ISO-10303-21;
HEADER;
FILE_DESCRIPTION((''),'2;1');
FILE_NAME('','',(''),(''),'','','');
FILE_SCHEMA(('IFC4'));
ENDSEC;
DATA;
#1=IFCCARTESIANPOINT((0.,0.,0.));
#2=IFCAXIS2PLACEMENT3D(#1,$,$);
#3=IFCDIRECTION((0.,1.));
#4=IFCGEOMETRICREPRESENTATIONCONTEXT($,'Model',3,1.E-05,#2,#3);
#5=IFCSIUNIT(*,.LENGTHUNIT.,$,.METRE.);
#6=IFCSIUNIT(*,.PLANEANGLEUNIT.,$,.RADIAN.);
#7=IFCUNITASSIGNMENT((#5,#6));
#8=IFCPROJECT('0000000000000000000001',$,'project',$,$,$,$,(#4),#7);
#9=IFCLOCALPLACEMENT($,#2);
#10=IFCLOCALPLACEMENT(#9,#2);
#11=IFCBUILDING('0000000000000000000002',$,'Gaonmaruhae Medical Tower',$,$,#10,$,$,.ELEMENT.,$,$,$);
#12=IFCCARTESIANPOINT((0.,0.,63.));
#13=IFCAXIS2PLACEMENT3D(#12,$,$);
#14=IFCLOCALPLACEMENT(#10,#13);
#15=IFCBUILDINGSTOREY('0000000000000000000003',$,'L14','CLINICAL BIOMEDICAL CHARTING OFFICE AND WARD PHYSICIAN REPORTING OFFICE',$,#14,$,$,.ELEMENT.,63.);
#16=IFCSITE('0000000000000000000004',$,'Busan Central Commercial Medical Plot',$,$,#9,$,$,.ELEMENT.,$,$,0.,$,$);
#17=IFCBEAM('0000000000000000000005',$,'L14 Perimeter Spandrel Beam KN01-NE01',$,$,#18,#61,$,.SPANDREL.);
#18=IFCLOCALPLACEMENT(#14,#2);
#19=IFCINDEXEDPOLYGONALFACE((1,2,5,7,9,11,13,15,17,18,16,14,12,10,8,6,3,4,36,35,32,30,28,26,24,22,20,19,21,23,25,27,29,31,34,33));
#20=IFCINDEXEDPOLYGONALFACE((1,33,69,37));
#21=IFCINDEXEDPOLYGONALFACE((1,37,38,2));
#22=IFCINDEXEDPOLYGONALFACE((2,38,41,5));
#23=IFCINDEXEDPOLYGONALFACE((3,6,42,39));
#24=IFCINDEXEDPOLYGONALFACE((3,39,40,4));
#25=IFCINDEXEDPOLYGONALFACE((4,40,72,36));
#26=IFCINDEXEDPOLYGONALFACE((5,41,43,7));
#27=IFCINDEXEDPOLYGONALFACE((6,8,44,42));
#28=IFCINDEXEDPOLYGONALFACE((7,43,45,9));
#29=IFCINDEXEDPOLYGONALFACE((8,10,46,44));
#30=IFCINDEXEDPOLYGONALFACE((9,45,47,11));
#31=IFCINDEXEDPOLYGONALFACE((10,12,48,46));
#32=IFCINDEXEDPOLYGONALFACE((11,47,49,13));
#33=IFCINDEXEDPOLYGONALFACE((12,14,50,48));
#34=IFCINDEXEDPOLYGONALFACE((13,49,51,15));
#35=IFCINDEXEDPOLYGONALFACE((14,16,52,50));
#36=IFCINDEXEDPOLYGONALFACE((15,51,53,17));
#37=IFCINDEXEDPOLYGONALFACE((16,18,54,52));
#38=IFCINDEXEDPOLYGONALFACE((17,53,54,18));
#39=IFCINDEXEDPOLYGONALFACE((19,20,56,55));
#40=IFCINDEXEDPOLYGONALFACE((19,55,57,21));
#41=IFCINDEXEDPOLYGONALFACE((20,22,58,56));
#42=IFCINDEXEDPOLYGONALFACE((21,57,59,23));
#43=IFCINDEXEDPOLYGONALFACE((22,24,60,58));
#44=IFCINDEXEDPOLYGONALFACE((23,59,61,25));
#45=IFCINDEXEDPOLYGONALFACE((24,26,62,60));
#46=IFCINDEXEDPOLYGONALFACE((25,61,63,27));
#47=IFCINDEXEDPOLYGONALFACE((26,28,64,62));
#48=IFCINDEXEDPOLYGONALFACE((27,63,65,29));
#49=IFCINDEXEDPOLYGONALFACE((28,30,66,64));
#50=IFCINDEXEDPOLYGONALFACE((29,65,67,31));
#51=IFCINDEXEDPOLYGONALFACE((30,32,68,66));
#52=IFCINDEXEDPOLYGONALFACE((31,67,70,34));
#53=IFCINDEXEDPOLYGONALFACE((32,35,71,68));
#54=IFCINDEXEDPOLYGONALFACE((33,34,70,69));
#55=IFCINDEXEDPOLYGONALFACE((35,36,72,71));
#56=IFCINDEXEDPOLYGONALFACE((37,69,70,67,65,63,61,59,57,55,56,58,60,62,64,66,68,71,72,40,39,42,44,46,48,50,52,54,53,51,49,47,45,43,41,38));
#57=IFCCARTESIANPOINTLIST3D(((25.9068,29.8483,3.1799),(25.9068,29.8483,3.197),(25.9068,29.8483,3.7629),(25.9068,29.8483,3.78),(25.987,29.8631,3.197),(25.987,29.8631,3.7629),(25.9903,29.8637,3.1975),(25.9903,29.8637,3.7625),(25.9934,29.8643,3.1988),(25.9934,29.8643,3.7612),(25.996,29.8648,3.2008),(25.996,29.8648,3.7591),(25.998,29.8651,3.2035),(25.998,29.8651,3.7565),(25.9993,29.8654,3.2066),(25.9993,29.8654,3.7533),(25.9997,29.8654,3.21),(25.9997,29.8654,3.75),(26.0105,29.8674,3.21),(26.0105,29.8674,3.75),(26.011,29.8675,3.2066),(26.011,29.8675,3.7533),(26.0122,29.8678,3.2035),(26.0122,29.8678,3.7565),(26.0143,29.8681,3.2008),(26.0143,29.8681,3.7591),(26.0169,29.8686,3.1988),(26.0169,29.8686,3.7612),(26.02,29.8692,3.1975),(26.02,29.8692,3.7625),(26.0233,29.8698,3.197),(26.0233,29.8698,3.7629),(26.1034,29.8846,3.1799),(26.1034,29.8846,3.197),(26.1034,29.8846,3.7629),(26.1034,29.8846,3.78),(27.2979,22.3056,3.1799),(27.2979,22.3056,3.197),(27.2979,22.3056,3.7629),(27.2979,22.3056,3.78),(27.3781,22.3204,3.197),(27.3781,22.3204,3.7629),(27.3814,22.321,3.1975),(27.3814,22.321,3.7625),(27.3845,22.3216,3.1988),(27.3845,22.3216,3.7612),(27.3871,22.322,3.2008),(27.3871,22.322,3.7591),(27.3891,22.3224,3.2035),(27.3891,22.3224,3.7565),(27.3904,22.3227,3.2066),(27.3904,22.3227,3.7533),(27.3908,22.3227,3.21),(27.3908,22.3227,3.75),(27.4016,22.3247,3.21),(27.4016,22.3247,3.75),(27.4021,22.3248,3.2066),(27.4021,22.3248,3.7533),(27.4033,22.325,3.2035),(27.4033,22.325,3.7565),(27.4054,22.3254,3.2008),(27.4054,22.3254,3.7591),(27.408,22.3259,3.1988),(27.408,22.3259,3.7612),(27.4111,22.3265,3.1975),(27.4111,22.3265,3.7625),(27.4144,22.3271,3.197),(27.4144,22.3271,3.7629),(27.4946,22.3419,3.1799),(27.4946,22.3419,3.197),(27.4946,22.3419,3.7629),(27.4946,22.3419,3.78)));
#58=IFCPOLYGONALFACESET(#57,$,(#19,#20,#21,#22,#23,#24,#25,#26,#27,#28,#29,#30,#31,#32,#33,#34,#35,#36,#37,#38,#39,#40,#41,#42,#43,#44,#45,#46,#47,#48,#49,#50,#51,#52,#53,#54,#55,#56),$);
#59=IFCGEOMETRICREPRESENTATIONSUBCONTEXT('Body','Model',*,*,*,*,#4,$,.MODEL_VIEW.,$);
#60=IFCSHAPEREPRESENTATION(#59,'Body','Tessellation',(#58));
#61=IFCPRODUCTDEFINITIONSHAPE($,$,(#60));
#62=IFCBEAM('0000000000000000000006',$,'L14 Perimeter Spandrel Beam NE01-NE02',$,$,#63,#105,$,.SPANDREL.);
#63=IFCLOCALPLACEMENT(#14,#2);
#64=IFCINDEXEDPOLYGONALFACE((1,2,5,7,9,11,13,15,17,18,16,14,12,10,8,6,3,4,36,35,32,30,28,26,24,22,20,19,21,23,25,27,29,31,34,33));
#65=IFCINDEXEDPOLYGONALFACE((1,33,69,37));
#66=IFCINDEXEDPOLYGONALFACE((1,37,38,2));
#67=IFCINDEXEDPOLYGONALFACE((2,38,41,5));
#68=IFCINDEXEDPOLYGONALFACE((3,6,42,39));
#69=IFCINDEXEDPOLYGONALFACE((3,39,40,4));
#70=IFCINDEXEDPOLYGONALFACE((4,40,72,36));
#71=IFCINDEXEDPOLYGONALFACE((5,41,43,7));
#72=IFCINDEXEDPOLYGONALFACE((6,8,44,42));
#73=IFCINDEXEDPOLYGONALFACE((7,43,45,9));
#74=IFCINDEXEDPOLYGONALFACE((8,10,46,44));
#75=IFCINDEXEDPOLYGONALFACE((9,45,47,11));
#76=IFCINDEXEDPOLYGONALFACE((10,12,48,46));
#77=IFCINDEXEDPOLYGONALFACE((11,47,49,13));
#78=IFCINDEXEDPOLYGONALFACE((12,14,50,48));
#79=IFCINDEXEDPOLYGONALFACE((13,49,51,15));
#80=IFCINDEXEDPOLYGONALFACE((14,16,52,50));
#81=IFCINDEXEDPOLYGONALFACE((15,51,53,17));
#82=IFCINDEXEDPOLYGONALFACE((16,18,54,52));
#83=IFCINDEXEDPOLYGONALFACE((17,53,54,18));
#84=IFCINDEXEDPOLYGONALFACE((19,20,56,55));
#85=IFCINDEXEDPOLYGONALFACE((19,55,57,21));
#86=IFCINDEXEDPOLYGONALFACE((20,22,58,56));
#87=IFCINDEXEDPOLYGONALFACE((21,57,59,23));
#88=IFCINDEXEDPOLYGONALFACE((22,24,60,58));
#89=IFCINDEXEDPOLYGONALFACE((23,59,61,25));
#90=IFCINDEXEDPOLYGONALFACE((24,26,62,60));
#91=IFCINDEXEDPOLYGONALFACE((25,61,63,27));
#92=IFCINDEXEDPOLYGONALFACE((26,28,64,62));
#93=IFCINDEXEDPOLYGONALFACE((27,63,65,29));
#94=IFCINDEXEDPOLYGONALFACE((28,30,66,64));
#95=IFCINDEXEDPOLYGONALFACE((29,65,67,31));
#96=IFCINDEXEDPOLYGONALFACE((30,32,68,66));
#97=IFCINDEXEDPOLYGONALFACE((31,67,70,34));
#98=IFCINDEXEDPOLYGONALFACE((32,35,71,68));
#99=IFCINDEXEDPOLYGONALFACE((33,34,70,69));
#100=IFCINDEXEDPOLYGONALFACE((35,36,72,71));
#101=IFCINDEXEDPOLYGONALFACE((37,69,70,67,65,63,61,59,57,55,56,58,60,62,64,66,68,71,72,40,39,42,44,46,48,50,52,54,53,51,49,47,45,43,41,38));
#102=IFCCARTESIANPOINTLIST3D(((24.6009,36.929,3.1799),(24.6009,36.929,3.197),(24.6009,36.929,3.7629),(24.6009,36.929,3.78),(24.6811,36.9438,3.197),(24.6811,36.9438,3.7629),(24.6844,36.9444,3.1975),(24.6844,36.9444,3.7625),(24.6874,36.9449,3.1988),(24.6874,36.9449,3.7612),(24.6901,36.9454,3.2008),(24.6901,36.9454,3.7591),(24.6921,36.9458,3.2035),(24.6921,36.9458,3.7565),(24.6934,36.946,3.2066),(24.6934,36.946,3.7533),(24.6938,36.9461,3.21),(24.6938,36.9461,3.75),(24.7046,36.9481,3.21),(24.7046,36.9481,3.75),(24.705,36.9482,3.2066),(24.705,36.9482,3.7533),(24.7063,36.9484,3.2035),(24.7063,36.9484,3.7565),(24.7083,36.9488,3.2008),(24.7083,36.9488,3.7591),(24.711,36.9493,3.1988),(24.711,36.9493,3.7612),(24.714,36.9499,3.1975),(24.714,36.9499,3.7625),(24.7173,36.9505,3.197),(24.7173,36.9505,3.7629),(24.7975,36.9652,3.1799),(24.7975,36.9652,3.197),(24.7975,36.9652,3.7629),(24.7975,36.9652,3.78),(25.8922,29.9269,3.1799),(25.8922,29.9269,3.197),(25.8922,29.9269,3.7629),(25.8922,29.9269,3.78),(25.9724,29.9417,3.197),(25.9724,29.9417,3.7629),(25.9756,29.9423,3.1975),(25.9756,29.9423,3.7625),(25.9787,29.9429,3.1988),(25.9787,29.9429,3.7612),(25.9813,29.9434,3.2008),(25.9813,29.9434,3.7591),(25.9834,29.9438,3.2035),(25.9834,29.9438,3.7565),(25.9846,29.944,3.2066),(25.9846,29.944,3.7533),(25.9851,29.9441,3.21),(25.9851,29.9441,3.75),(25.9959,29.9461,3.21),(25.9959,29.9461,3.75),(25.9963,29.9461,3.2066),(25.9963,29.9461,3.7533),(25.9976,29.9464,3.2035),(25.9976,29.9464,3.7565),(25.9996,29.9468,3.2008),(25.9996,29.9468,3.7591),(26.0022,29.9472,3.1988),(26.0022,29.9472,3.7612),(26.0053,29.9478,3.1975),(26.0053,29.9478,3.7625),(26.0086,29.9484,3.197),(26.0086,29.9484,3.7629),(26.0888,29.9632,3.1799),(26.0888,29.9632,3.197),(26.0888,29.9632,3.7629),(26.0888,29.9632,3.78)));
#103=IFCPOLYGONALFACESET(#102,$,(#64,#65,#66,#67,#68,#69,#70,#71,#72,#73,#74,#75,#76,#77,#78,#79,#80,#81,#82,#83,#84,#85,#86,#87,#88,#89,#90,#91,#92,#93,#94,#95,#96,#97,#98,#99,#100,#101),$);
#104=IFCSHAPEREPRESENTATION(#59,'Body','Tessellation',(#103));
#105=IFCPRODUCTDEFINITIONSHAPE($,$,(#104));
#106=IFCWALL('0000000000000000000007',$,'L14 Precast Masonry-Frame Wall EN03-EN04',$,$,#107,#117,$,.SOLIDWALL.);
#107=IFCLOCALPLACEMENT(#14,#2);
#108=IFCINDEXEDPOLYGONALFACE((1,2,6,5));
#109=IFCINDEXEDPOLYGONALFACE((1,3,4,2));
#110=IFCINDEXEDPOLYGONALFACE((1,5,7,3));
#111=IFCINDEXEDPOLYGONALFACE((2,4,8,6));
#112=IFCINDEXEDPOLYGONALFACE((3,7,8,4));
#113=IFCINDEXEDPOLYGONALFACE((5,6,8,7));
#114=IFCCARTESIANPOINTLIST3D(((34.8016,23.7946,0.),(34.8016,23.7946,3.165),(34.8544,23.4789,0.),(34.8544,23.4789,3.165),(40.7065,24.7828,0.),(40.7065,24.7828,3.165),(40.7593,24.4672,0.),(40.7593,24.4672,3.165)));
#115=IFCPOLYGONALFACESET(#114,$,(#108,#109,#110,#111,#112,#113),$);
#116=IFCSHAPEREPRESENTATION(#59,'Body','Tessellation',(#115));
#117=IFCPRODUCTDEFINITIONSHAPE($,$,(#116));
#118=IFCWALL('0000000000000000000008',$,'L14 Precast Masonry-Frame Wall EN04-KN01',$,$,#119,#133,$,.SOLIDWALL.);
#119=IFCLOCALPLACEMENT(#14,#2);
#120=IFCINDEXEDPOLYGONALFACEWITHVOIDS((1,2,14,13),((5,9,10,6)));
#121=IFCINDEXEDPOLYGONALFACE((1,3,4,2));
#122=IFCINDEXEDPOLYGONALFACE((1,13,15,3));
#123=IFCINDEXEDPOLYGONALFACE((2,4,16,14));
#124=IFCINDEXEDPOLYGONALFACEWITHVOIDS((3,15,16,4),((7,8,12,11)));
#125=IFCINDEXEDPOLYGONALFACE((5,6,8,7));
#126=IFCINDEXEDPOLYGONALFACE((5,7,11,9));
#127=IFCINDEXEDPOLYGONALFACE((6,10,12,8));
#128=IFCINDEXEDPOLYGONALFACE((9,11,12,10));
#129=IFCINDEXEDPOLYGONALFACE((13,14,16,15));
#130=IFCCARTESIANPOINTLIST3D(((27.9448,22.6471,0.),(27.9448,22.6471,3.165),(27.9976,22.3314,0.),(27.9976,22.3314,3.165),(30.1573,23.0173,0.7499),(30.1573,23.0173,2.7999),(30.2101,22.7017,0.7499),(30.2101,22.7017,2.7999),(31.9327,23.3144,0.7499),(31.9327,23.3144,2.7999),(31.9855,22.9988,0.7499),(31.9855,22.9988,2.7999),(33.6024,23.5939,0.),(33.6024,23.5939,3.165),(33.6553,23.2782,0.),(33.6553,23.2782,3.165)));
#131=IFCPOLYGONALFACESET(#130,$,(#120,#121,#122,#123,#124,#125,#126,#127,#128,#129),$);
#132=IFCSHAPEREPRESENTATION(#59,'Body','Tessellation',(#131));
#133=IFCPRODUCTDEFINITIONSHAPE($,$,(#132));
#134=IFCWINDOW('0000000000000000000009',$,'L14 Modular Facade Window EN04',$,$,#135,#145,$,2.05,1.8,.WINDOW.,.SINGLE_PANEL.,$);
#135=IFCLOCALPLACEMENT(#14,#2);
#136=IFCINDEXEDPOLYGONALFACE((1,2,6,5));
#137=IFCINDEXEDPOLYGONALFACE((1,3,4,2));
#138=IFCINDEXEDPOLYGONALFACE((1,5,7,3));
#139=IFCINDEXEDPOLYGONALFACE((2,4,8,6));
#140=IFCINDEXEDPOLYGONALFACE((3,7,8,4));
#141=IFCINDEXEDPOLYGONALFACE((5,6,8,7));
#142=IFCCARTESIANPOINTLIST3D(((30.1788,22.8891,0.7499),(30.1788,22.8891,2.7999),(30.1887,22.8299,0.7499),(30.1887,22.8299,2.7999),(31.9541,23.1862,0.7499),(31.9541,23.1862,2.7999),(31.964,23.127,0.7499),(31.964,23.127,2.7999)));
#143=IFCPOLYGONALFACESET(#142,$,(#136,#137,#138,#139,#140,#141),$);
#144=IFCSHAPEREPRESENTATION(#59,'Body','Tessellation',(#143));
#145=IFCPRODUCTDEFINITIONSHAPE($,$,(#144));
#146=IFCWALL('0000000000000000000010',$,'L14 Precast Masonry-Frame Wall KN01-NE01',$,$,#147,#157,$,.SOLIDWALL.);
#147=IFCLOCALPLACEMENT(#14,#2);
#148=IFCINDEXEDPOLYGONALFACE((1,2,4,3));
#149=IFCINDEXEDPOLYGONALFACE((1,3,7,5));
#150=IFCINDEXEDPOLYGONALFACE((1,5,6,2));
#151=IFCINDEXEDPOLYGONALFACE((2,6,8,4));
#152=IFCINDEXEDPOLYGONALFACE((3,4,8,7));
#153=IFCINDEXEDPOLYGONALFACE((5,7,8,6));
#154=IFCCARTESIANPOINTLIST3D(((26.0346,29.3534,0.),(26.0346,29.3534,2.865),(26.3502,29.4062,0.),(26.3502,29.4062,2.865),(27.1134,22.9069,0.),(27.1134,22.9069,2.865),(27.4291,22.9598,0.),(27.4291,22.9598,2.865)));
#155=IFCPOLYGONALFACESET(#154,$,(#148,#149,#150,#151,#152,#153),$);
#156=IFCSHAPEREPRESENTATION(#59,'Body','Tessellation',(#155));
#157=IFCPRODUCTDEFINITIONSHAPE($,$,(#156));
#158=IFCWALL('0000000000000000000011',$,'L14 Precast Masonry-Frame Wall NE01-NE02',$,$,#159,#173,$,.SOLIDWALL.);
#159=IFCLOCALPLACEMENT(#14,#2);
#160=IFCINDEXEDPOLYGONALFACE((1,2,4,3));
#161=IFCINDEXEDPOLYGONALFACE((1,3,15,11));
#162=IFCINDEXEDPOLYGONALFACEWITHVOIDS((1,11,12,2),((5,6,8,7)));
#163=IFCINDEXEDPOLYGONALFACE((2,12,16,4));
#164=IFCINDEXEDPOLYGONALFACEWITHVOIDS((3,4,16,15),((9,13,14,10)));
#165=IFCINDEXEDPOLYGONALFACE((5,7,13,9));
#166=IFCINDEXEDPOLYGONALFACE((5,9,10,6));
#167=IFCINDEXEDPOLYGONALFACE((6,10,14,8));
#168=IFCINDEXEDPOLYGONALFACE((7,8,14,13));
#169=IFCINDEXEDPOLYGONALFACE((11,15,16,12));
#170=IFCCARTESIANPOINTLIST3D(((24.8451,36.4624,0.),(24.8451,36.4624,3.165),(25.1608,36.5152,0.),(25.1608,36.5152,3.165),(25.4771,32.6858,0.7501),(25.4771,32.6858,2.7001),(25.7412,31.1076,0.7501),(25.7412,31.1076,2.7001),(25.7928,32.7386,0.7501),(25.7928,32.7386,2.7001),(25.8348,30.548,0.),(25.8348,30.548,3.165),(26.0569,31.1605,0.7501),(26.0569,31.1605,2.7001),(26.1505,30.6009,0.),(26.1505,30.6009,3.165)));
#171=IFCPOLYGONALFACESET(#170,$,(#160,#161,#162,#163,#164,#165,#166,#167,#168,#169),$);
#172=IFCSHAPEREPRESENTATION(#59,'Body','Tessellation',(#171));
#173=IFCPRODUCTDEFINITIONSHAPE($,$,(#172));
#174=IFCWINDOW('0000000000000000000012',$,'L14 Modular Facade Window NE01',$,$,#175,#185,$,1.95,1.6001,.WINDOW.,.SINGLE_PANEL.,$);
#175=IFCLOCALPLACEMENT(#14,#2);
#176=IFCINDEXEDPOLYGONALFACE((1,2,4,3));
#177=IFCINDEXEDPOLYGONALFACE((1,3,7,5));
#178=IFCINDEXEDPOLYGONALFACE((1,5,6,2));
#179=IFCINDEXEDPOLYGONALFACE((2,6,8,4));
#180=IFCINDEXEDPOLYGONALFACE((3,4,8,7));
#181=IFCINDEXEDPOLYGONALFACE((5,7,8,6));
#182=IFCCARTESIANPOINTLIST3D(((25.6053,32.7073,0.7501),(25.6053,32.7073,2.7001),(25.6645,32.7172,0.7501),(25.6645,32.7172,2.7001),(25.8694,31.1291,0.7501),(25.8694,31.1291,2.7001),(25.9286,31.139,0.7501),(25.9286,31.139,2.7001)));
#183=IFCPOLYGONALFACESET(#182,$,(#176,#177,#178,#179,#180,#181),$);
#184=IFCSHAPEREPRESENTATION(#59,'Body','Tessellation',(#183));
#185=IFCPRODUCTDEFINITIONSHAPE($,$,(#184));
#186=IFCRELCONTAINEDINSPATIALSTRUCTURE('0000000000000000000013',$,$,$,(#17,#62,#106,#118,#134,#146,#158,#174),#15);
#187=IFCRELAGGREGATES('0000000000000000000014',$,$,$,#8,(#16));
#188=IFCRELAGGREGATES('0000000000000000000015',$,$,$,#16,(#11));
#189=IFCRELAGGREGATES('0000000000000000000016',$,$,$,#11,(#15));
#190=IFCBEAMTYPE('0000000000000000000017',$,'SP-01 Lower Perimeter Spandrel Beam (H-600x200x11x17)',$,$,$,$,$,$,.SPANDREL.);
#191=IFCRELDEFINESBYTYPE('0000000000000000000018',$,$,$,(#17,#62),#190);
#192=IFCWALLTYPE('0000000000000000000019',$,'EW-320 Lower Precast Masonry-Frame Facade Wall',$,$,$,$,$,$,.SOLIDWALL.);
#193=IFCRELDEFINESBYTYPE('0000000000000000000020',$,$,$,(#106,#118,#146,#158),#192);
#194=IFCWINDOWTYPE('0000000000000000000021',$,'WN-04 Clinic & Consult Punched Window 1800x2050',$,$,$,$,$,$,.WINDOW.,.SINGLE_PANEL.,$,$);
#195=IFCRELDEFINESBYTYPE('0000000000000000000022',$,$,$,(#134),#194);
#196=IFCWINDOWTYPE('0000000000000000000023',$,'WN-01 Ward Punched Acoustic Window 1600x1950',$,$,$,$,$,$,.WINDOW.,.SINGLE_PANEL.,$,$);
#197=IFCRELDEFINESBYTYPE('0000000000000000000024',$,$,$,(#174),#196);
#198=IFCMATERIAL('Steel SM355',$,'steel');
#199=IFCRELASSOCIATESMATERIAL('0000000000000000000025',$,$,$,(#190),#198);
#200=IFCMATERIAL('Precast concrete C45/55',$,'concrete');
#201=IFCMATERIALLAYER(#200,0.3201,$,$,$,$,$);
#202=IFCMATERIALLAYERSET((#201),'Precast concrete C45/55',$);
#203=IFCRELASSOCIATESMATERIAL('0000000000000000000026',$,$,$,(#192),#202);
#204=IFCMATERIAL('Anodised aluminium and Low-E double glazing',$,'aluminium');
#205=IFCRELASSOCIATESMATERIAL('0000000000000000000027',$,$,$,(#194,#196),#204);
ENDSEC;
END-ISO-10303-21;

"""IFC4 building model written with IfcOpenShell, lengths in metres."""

from ifc_helpers import new_model, si_unit, direction, frame, frame_2d, origin, origin_2d, place, context, subcontext, project, spatial, rectangle, i_section, extrude, material, layer, layer_set, material_profile, profile_set, type_object, element, fill, save


model = new_model("IFC4")

# Units and contexts
model_context = context("Model", 3, precision=1e-05, world=origin(), true_north=direction((0.0, 1.0)))
body_context = subcontext(model_context, "Body", "Model", "MODEL_VIEW")
ifc_project = project(units=[si_unit("LENGTHUNIT", "METRE"), si_unit("PLANEANGLEUNIT", "RADIAN")], contexts=[model_context])

# Site, building, storey
site_placement = place(None, origin())
site = spatial("IfcSite", under=ifc_project, at=site_placement, Name="Busan Central Commercial Medical Plot", CompositionType="ELEMENT", RefElevation=0.0)
building_placement = place(site_placement, origin())
building = spatial("IfcBuilding", under=site, at=building_placement, Name="Gaonmaruhae Medical Tower", CompositionType="ELEMENT")
storey_placement = place(building_placement, frame((0.0, 0.0, 63.0)))
storey = spatial("IfcBuildingStorey", under=building, at=storey_placement, Name="L14", Description="CLINICAL BIOMEDICAL CHARTING OFFICE AND WARD PHYSICIAN REPORTING OFFICE", CompositionType="ELEMENT", Elevation=63.0)

# Beams
ifc_material_1 = material(Name="Steel SM355", Category="steel")
ifc_material_profile_1 = material_profile(ifc_material_1, i_section(OverallWidth=0.2, OverallDepth=0.6001, WebThickness=0.011, FlangeThickness=0.0171, FilletRadius=0.0129, at=origin_2d()), Name="H-600x200x11x17")
ifc_profile_set_1 = profile_set([ifc_material_profile_1], Name="Steel SM355")
beam_type_1 = type_object("IfcBeamType", Name="SP-01 Lower Perimeter Spandrel Beam (H-600x200x11x17)", PredefinedType="SPANDREL", material=ifc_profile_set_1)
beam_1_placement = place(storey_placement, frame((27.3962, 22.3237, 3.48), z_axis=(-0.181372, 0.983415, 0.0), x_axis=(-0.983415, -0.181372, 0.0)))
element("IfcBeam", 1, at=beam_1_placement, inside=storey, type_object=beam_type_1, Name="L14 Perimeter Spandrel Beam KN01-NE01", PredefinedType="SPANDREL", context=body_context, shape_type="SweptSolid", body=[
    extrude(i_section(OverallWidth=0.2, OverallDepth=0.6001, WebThickness=0.011, FlangeThickness=0.0171, FilletRadius=0.0129, at=origin_2d()), origin(), (0.0, 0.0, 1.0), 7.6699),
])
beam_2_placement = place(storey_placement, frame((25.9905, 29.9451, 3.48), z_axis=(-0.181356, 0.983417, 0.0), x_axis=(-0.983417, -0.181356, 0.0)))
element("IfcBeam", 2, at=beam_2_placement, inside=storey, type_object=beam_type_1, Name="L14 Perimeter Spandrel Beam NE01-NE02", PredefinedType="SPANDREL", context=body_context, shape_type="SweptSolid", body=[
    extrude(i_section(OverallWidth=0.2, OverallDepth=0.6001, WebThickness=0.011, FlangeThickness=0.0171, FilletRadius=0.0129, at=origin_2d()), origin(), (0.0, 0.0, 1.0), 7.1201),
])

# Wall
ifc_material_2 = material(Name="Precast concrete C45/55", Category="concrete")
ifc_layer_1 = layer(ifc_material_2, 0.3201)
ifc_layer_set_1 = layer_set([ifc_layer_1], Name="Precast concrete C45/55")
wall_type_1 = type_object("IfcWallType", Name="EW-320 Lower Precast Masonry-Frame Facade Wall", PredefinedType="SOLIDWALL", material=ifc_layer_set_1)
wall_1_placement = place(storey_placement, frame((34.8279, 23.6367, 0.0), z_axis=(0.0, 0.0, 1.0), x_axis=(0.986282, 0.165067, 0.0)))
element("IfcWall", 3, at=wall_1_placement, inside=storey, type_object=wall_type_1, Name="L14 Precast Masonry-Frame Wall EN03-EN04", PredefinedType="SOLIDWALL", context=body_context, shape_type="SweptSolid", body=[
    extrude(rectangle(XDim=5.9871, YDim=0.3201, at=frame_2d((2.9937, 0.0))), origin(), (0.0, 0.0, 1.0), 3.165),
])

# Wall, opening, window
wall_2_placement = place(storey_placement, frame((27.9712, 22.4893, 0.0), z_axis=(0.0, 0.0, 1.0), x_axis=(0.986286, 0.165048, 0.0)))
wall_2 = element("IfcWall", 4, at=wall_2_placement, inside=storey, type_object=wall_type_1, Name="L14 Precast Masonry-Frame Wall EN04-KN01", PredefinedType="SOLIDWALL", context=body_context, shape_type="SweptSolid", body=[
    extrude(rectangle(XDim=5.7363, YDim=0.3201, at=frame_2d((2.8682, 0.0))), origin(), (0.0, 0.0, 1.0), 3.165),
])
opening_1_placement = place(wall_2_placement, frame((2.2434, 0.0, 0.75)))
opening_1 = element("IfcOpeningElement", 5, at=opening_1_placement, cuts=wall_2, PredefinedType="OPENING", context=body_context, shape_type="SweptSolid", body=[
    extrude(rectangle(XDim=1.8, YDim=2.05, at=frame_2d((0.8999, 1.0249))), frame((0.0, 0.1699, 0.0), z_axis=(0.0, -1.0, 0.0), x_axis=(1.0, 0.0, 0.0)), (0.0, 0.0, 1.0), 0.3401),
])
ifc_material_3 = material(Name="Anodised aluminium and Low-E double glazing", Category="aluminium")
window_type_1 = type_object("IfcWindowType", Name="WN-04 Clinic & Consult Punched Window 1800x2050", PartitioningType="SINGLE_PANEL", PredefinedType="WINDOW", material=ifc_material_3)
window_1_placement = place(opening_1_placement, origin())
window_1 = element("IfcWindow", 6, at=window_1_placement, inside=storey, type_object=window_type_1, Name="L14 Modular Facade Window EN04", OverallHeight=2.05, OverallWidth=1.8, PartitioningType="SINGLE_PANEL", PredefinedType="WINDOW", context=body_context, shape_type="SweptSolid", body=[
    extrude(rectangle(XDim=1.8, YDim=2.05, at=frame_2d((0.8999, 1.0249))), frame((0.0, 0.03, 0.0), z_axis=(0.0, -1.0, 0.0), x_axis=(1.0, 0.0, 0.0)), (0.0, 0.0, 1.0), 0.0601),
])
fill(opening_1, window_1)

# Wall
wall_3_placement = place(storey_placement, frame((27.2712, 22.9333, 0.0), z_axis=(0.0, 0.0, 1.0), x_axis=(-0.165059, 0.986284, 0.0)))
element("IfcWall", 7, at=wall_3_placement, inside=storey, type_object=wall_type_1, Name="L14 Precast Masonry-Frame Wall KN01-NE01", PredefinedType="SOLIDWALL", context=body_context, shape_type="SweptSolid", body=[
    extrude(rectangle(XDim=6.5361, YDim=0.3201, at=frame_2d((3.2681, 0.0))), origin(), (0.0, 0.0, 1.0), 2.865),
])

# Wall, opening, window
wall_4_placement = place(storey_placement, frame((25.9927, 30.5745, 0.0), z_axis=(0.0, 0.0, 1.0), x_axis=(-0.165053, 0.986285, 0.0)))
wall_4 = element("IfcWall", 8, at=wall_4_placement, inside=storey, type_object=wall_type_1, Name="L14 Precast Masonry-Frame Wall NE01-NE02", PredefinedType="SOLIDWALL", context=body_context, shape_type="SweptSolid", body=[
    extrude(rectangle(XDim=5.9966, YDim=0.3201, at=frame_2d((2.9983, 0.0))), origin(), (0.0, 0.0, 1.0), 3.165),
])
opening_2_placement = place(wall_4_placement, frame((0.5674, 0.0, 0.75)))
opening_2 = element("IfcOpeningElement", 9, at=opening_2_placement, cuts=wall_4, PredefinedType="OPENING", context=body_context, shape_type="SweptSolid", body=[
    extrude(rectangle(XDim=1.6001, YDim=1.95, at=frame_2d((0.8, 0.9751))), frame((0.0, 0.1699, 0.0), z_axis=(0.0, -1.0, 0.0), x_axis=(1.0, 0.0, 0.0)), (0.0, 0.0, 1.0), 0.3401),
])
window_type_2 = type_object("IfcWindowType", Name="WN-01 Ward Punched Acoustic Window 1600x1950", PartitioningType="SINGLE_PANEL", PredefinedType="WINDOW", material=ifc_material_3)
window_2_placement = place(opening_2_placement, origin())
window_2 = element("IfcWindow", 10, at=window_2_placement, inside=storey, type_object=window_type_2, Name="L14 Modular Facade Window NE01", OverallHeight=1.95, OverallWidth=1.6001, PartitioningType="SINGLE_PANEL", PredefinedType="WINDOW", context=body_context, shape_type="SweptSolid", body=[
    extrude(rectangle(XDim=1.6001, YDim=1.95, at=frame_2d((0.8, 0.9751))), frame((0.0, 0.03, 0.0), z_axis=(0.0, -1.0, 0.0), x_axis=(1.0, 0.0, 0.0)), (0.0, 0.0, 1.0), 0.0601),
])
fill(opening_2, window_2)

save(model, "model.ifc")
